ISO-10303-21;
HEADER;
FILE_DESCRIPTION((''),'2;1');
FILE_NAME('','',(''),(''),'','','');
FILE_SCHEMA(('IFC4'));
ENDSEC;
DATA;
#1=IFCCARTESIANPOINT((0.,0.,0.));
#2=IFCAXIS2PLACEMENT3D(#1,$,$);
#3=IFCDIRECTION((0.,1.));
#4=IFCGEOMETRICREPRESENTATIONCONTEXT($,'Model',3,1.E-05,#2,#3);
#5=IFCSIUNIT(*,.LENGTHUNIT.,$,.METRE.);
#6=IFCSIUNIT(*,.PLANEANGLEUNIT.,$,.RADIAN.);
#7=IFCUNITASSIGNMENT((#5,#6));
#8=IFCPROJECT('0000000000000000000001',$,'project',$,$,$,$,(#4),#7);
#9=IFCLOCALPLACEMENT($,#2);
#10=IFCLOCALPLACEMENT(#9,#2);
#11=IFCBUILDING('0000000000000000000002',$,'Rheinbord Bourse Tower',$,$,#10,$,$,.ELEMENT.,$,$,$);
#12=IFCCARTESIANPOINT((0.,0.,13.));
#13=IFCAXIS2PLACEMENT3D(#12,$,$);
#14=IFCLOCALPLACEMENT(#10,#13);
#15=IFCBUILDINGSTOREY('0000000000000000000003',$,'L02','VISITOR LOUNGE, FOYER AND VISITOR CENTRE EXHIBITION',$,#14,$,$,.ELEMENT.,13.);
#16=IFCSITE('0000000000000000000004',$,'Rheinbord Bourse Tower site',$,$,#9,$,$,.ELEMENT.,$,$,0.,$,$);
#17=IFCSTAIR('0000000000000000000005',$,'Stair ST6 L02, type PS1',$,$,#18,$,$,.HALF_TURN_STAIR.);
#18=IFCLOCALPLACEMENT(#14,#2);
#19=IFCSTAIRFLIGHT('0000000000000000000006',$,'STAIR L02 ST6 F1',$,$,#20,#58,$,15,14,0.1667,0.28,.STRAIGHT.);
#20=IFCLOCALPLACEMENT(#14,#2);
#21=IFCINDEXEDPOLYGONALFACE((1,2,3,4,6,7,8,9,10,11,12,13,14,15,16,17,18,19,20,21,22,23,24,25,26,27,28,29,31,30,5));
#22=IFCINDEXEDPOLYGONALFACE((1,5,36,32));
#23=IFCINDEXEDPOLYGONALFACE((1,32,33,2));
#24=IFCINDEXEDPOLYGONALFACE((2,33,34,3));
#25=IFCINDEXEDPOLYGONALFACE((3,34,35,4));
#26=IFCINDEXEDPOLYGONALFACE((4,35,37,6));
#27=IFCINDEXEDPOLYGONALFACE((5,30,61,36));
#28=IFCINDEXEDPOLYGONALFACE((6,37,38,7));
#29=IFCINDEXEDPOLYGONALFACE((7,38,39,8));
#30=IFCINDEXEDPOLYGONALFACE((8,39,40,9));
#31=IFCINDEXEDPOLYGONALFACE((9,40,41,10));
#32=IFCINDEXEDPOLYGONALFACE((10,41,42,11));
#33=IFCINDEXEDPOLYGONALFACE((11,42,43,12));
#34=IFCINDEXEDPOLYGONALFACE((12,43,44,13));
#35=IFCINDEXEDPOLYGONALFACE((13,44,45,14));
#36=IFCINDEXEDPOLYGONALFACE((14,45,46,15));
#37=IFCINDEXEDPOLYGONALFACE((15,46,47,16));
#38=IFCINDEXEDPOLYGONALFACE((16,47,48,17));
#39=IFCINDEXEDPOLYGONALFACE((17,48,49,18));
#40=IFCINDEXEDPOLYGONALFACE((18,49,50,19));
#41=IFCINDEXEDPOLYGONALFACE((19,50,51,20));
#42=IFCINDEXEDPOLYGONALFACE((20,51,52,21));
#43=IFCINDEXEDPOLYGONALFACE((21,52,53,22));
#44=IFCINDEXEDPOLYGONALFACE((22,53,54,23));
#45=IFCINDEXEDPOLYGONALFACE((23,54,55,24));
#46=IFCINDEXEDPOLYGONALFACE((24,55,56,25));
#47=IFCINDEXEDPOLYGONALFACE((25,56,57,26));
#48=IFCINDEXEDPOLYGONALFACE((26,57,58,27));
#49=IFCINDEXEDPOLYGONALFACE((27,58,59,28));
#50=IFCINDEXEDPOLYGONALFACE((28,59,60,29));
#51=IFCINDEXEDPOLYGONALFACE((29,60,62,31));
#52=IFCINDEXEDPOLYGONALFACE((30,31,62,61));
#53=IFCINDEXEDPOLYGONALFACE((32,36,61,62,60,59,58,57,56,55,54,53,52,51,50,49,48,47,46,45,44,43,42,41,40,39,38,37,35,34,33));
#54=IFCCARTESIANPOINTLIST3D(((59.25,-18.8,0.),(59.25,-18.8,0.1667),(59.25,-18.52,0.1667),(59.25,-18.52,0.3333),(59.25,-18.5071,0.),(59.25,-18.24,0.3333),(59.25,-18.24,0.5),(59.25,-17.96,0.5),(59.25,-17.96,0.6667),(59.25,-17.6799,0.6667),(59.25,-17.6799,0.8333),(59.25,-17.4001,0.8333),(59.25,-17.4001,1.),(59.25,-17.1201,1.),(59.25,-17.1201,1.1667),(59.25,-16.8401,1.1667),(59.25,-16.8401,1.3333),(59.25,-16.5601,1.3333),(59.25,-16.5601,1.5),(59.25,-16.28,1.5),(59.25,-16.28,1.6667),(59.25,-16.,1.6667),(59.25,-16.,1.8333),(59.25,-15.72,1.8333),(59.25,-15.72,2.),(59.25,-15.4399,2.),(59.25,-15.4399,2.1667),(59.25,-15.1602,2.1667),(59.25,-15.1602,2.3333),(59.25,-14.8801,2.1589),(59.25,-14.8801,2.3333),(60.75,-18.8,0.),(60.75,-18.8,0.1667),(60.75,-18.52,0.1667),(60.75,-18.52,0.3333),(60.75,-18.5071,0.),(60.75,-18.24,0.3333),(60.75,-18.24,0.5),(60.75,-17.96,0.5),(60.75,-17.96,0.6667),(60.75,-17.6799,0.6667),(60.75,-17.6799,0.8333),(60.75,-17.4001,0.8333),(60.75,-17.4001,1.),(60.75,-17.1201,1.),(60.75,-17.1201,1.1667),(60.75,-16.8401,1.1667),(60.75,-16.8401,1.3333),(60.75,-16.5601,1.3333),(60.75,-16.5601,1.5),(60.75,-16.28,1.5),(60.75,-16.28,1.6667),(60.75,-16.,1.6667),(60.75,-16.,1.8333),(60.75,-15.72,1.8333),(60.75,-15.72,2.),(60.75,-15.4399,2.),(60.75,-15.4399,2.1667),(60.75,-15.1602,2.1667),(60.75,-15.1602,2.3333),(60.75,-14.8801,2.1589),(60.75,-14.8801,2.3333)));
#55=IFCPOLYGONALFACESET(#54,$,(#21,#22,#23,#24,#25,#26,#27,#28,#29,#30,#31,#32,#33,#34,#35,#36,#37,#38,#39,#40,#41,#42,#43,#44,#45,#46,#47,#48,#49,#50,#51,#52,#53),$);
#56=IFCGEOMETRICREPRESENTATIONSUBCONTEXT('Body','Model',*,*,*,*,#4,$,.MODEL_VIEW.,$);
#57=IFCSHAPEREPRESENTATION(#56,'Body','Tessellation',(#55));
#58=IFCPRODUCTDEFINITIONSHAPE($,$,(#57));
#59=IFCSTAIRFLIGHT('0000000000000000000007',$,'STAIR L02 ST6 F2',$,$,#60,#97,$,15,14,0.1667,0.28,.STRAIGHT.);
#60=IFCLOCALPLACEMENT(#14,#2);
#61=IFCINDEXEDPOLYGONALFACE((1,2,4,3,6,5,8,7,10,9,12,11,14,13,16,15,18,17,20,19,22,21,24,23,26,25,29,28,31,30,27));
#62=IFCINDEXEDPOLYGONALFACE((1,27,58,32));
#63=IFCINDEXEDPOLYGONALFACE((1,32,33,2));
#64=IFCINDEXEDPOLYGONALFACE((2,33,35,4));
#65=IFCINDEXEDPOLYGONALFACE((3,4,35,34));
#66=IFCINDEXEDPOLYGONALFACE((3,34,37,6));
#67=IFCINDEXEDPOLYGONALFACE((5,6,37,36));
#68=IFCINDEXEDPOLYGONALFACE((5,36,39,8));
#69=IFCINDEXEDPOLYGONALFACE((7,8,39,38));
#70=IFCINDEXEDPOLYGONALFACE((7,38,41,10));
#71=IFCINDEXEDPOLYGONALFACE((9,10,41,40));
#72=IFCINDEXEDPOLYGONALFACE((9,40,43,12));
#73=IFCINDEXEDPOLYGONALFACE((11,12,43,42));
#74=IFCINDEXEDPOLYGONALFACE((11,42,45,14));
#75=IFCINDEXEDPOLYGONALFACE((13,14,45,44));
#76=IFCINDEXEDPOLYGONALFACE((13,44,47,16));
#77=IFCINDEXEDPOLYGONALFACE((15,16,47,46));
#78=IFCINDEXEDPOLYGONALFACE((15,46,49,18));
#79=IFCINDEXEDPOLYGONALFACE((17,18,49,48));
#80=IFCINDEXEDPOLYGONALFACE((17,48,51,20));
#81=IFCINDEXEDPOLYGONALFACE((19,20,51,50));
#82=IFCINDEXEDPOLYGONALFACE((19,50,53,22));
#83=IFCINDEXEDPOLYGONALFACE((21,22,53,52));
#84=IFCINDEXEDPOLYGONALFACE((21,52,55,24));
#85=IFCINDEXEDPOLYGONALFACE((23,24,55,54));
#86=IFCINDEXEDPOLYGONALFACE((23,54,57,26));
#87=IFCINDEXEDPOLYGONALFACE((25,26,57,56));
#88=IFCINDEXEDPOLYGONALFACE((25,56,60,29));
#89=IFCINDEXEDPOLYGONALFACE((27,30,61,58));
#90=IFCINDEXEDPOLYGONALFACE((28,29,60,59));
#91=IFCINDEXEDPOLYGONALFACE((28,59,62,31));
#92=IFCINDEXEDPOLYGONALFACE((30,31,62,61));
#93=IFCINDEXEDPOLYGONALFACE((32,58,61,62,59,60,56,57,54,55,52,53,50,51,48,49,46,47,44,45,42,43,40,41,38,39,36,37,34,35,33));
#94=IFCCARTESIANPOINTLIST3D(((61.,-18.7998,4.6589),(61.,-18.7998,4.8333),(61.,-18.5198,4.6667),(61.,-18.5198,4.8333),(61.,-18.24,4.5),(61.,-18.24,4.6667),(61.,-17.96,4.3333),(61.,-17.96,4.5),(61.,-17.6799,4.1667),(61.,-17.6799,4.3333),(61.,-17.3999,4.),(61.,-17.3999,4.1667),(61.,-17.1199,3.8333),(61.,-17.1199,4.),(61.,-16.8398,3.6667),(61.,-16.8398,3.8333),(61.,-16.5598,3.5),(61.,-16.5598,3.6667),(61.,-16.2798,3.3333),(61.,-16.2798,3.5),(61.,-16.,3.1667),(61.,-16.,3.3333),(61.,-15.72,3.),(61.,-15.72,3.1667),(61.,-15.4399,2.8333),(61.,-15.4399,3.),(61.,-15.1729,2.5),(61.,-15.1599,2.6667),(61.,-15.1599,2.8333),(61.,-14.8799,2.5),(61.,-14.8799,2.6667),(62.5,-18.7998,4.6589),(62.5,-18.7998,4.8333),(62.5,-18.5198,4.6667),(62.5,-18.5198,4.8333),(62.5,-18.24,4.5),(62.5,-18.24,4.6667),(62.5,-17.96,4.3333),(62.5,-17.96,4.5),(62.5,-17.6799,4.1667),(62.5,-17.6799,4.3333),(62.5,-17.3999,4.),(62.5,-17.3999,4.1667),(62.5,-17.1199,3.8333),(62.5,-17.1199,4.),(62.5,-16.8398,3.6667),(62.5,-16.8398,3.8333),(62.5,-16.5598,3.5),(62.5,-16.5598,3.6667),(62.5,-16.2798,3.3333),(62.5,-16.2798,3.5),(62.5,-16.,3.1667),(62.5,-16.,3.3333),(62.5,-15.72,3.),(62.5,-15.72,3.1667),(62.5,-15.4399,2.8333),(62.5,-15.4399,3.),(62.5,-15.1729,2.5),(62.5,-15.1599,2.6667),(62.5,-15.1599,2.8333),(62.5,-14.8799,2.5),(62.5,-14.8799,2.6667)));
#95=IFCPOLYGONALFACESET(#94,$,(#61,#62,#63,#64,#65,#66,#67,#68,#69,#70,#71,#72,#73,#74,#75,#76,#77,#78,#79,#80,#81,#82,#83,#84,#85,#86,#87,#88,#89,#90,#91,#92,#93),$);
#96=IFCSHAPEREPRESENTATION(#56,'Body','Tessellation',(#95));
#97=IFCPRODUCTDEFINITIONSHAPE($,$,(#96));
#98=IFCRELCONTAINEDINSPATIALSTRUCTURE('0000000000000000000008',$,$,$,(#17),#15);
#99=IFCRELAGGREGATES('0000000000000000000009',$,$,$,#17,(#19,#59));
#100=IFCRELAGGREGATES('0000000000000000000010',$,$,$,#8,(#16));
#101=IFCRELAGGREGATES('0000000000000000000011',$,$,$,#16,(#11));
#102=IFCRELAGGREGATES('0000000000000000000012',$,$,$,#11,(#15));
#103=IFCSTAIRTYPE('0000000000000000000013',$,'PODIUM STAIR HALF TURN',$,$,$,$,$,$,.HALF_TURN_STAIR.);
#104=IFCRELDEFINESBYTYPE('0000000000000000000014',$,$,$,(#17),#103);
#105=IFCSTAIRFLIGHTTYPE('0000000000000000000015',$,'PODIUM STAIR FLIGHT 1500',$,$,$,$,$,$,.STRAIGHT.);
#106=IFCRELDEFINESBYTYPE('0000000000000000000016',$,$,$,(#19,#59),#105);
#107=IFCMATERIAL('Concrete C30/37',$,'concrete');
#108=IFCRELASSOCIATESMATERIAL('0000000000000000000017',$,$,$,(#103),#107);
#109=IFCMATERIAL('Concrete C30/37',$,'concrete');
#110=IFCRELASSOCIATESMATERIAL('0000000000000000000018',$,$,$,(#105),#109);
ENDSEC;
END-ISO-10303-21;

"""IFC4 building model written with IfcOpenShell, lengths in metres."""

from ifc_helpers import new_model, si_unit, direction, frame, origin, place, context, subcontext, project, spatial, polyline, outline, extrude, material, type_object, element, aggregate, save


model = new_model("IFC4")

# Units and contexts
model_context = context("Model", 3, precision=1e-05, world=origin(), true_north=direction((0.0, 1.0)))
body_context = subcontext(model_context, "Body", "Model", "MODEL_VIEW")
ifc_project = project(units=[si_unit("LENGTHUNIT", "METRE"), si_unit("PLANEANGLEUNIT", "RADIAN")], contexts=[model_context])

# Site, building, storey
site_placement = place(None, origin())
site = spatial("IfcSite", under=ifc_project, at=site_placement, Name="Rheinbord Bourse Tower site", CompositionType="ELEMENT", RefElevation=0.0)
building_placement = place(site_placement, origin())
building = spatial("IfcBuilding", under=site, at=building_placement, Name="Rheinbord Bourse Tower", CompositionType="ELEMENT")
storey_placement = place(building_placement, frame((0.0, 0.0, 13.0)))
storey = spatial("IfcBuildingStorey", under=building, at=storey_placement, Name="L02", Description="VISITOR LOUNGE, FOYER AND VISITOR CENTRE EXHIBITION", CompositionType="ELEMENT", Elevation=13.0)

# Stair, stair flights
ifc_material_1 = material(Name="Concrete C30/37", Category="concrete")
stair_type = type_object("IfcStairType", Name="PODIUM STAIR HALF TURN", PredefinedType="HALF_TURN_STAIR", material=ifc_material_1)
stair_placement = place(storey_placement, origin())
stair = element("IfcStair", 1, at=stair_placement, inside=storey, type_object=stair_type, Name="Stair ST6 L02, type PS1", PredefinedType="HALF_TURN_STAIR")
ifc_material_2 = material(Name="Concrete C30/37", Category="concrete")
stair_flight_type = type_object("IfcStairFlightType", Name="PODIUM STAIR FLIGHT 1500", PredefinedType="STRAIGHT", material=ifc_material_2)
stair_flight_1_placement = place(storey_placement, frame((60.0, -18.8, 0.0), z_axis=(0.0, 0.0, 1.0), x_axis=(0.0, 1.0, 0.0)))
stair_flight_1 = element("IfcStairFlight", 2, at=stair_flight_1_placement, type_object=stair_flight_type, Name="STAIR L02 ST6 F1", NumberOfRisers=15, NumberOfTreads=14, PredefinedType="STRAIGHT", RiserHeight=0.1667, TreadLength=0.28, context=body_context, shape_type="SweptSolid", body=[
    extrude(outline(polyline([(0.0, 0.0), (0.0, 0.1667), (0.28, 0.1667), (0.28, 0.3333), (0.5601, 0.3333), (0.5601, 0.5), (0.8401, 0.5), (0.8401, 0.6667), (1.1201, 0.6667), (1.1201, 0.8333), (1.3999, 0.8333), (1.3999, 1.0), (1.6799, 1.0), (1.6799, 1.1667), (1.96, 1.1667), (1.96, 1.3333), (2.24, 1.3333), (2.24, 1.5), (2.52, 1.5), (2.52, 1.6667), (2.8, 1.6667), (2.8, 1.8333), (3.0801, 1.8333), (3.0801, 2.0), (3.3601, 2.0), (3.3601, 2.1667), (3.6399, 2.1667), (3.6399, 2.3333), (3.9199, 2.3333), (3.9199, 2.5), (3.9199, 2.1589), (0.293, 0.0), (0.0, 0.0)])), frame((0.0, 0.75, 0.0), z_axis=(0.0, -1.0, 0.0), x_axis=(1.0, 0.0, 0.0)), (0.0, 0.0, 1.0), 1.5),
])
stair_flight_2_placement = place(storey_placement, frame((61.75, -14.8799, 2.5), z_axis=(0.0, 0.0, 1.0), x_axis=(0.0, -1.0, 0.0)))
stair_flight_2 = element("IfcStairFlight", 3, at=stair_flight_2_placement, type_object=stair_flight_type, Name="STAIR L02 ST6 F2", NumberOfRisers=15, NumberOfTreads=14, PredefinedType="STRAIGHT", RiserHeight=0.1667, TreadLength=0.28, context=body_context, shape_type="SweptSolid", body=[
    extrude(outline(polyline([(0.0, 0.0), (0.0, 0.1667), (0.28, 0.1667), (0.28, 0.3333), (0.5601, 0.3333), (0.5601, 0.5), (0.8401, 0.5), (0.8401, 0.6667), (1.1201, 0.6667), (1.1201, 0.8333), (1.3999, 0.8333), (1.3999, 1.0), (1.6799, 1.0), (1.6799, 1.1667), (1.96, 1.1667), (1.96, 1.3333), (2.24, 1.3333), (2.24, 1.5), (2.52, 1.5), (2.52, 1.6667), (2.8, 1.6667), (2.8, 1.8333), (3.0801, 1.8333), (3.0801, 2.0), (3.3601, 2.0), (3.3601, 2.1667), (3.6399, 2.1667), (3.6399, 2.3333), (3.9199, 2.3333), (3.9199, 2.5), (3.9199, 2.1589), (0.293, 0.0), (0.0, 0.0)])), frame((0.0, 0.75, 0.0), z_axis=(0.0, -1.0, 0.0), x_axis=(1.0, 0.0, 0.0)), (0.0, 0.0, 1.0), 1.5),
])
aggregate(stair, [stair_flight_1, stair_flight_2])

save(model, "model.ifc")
